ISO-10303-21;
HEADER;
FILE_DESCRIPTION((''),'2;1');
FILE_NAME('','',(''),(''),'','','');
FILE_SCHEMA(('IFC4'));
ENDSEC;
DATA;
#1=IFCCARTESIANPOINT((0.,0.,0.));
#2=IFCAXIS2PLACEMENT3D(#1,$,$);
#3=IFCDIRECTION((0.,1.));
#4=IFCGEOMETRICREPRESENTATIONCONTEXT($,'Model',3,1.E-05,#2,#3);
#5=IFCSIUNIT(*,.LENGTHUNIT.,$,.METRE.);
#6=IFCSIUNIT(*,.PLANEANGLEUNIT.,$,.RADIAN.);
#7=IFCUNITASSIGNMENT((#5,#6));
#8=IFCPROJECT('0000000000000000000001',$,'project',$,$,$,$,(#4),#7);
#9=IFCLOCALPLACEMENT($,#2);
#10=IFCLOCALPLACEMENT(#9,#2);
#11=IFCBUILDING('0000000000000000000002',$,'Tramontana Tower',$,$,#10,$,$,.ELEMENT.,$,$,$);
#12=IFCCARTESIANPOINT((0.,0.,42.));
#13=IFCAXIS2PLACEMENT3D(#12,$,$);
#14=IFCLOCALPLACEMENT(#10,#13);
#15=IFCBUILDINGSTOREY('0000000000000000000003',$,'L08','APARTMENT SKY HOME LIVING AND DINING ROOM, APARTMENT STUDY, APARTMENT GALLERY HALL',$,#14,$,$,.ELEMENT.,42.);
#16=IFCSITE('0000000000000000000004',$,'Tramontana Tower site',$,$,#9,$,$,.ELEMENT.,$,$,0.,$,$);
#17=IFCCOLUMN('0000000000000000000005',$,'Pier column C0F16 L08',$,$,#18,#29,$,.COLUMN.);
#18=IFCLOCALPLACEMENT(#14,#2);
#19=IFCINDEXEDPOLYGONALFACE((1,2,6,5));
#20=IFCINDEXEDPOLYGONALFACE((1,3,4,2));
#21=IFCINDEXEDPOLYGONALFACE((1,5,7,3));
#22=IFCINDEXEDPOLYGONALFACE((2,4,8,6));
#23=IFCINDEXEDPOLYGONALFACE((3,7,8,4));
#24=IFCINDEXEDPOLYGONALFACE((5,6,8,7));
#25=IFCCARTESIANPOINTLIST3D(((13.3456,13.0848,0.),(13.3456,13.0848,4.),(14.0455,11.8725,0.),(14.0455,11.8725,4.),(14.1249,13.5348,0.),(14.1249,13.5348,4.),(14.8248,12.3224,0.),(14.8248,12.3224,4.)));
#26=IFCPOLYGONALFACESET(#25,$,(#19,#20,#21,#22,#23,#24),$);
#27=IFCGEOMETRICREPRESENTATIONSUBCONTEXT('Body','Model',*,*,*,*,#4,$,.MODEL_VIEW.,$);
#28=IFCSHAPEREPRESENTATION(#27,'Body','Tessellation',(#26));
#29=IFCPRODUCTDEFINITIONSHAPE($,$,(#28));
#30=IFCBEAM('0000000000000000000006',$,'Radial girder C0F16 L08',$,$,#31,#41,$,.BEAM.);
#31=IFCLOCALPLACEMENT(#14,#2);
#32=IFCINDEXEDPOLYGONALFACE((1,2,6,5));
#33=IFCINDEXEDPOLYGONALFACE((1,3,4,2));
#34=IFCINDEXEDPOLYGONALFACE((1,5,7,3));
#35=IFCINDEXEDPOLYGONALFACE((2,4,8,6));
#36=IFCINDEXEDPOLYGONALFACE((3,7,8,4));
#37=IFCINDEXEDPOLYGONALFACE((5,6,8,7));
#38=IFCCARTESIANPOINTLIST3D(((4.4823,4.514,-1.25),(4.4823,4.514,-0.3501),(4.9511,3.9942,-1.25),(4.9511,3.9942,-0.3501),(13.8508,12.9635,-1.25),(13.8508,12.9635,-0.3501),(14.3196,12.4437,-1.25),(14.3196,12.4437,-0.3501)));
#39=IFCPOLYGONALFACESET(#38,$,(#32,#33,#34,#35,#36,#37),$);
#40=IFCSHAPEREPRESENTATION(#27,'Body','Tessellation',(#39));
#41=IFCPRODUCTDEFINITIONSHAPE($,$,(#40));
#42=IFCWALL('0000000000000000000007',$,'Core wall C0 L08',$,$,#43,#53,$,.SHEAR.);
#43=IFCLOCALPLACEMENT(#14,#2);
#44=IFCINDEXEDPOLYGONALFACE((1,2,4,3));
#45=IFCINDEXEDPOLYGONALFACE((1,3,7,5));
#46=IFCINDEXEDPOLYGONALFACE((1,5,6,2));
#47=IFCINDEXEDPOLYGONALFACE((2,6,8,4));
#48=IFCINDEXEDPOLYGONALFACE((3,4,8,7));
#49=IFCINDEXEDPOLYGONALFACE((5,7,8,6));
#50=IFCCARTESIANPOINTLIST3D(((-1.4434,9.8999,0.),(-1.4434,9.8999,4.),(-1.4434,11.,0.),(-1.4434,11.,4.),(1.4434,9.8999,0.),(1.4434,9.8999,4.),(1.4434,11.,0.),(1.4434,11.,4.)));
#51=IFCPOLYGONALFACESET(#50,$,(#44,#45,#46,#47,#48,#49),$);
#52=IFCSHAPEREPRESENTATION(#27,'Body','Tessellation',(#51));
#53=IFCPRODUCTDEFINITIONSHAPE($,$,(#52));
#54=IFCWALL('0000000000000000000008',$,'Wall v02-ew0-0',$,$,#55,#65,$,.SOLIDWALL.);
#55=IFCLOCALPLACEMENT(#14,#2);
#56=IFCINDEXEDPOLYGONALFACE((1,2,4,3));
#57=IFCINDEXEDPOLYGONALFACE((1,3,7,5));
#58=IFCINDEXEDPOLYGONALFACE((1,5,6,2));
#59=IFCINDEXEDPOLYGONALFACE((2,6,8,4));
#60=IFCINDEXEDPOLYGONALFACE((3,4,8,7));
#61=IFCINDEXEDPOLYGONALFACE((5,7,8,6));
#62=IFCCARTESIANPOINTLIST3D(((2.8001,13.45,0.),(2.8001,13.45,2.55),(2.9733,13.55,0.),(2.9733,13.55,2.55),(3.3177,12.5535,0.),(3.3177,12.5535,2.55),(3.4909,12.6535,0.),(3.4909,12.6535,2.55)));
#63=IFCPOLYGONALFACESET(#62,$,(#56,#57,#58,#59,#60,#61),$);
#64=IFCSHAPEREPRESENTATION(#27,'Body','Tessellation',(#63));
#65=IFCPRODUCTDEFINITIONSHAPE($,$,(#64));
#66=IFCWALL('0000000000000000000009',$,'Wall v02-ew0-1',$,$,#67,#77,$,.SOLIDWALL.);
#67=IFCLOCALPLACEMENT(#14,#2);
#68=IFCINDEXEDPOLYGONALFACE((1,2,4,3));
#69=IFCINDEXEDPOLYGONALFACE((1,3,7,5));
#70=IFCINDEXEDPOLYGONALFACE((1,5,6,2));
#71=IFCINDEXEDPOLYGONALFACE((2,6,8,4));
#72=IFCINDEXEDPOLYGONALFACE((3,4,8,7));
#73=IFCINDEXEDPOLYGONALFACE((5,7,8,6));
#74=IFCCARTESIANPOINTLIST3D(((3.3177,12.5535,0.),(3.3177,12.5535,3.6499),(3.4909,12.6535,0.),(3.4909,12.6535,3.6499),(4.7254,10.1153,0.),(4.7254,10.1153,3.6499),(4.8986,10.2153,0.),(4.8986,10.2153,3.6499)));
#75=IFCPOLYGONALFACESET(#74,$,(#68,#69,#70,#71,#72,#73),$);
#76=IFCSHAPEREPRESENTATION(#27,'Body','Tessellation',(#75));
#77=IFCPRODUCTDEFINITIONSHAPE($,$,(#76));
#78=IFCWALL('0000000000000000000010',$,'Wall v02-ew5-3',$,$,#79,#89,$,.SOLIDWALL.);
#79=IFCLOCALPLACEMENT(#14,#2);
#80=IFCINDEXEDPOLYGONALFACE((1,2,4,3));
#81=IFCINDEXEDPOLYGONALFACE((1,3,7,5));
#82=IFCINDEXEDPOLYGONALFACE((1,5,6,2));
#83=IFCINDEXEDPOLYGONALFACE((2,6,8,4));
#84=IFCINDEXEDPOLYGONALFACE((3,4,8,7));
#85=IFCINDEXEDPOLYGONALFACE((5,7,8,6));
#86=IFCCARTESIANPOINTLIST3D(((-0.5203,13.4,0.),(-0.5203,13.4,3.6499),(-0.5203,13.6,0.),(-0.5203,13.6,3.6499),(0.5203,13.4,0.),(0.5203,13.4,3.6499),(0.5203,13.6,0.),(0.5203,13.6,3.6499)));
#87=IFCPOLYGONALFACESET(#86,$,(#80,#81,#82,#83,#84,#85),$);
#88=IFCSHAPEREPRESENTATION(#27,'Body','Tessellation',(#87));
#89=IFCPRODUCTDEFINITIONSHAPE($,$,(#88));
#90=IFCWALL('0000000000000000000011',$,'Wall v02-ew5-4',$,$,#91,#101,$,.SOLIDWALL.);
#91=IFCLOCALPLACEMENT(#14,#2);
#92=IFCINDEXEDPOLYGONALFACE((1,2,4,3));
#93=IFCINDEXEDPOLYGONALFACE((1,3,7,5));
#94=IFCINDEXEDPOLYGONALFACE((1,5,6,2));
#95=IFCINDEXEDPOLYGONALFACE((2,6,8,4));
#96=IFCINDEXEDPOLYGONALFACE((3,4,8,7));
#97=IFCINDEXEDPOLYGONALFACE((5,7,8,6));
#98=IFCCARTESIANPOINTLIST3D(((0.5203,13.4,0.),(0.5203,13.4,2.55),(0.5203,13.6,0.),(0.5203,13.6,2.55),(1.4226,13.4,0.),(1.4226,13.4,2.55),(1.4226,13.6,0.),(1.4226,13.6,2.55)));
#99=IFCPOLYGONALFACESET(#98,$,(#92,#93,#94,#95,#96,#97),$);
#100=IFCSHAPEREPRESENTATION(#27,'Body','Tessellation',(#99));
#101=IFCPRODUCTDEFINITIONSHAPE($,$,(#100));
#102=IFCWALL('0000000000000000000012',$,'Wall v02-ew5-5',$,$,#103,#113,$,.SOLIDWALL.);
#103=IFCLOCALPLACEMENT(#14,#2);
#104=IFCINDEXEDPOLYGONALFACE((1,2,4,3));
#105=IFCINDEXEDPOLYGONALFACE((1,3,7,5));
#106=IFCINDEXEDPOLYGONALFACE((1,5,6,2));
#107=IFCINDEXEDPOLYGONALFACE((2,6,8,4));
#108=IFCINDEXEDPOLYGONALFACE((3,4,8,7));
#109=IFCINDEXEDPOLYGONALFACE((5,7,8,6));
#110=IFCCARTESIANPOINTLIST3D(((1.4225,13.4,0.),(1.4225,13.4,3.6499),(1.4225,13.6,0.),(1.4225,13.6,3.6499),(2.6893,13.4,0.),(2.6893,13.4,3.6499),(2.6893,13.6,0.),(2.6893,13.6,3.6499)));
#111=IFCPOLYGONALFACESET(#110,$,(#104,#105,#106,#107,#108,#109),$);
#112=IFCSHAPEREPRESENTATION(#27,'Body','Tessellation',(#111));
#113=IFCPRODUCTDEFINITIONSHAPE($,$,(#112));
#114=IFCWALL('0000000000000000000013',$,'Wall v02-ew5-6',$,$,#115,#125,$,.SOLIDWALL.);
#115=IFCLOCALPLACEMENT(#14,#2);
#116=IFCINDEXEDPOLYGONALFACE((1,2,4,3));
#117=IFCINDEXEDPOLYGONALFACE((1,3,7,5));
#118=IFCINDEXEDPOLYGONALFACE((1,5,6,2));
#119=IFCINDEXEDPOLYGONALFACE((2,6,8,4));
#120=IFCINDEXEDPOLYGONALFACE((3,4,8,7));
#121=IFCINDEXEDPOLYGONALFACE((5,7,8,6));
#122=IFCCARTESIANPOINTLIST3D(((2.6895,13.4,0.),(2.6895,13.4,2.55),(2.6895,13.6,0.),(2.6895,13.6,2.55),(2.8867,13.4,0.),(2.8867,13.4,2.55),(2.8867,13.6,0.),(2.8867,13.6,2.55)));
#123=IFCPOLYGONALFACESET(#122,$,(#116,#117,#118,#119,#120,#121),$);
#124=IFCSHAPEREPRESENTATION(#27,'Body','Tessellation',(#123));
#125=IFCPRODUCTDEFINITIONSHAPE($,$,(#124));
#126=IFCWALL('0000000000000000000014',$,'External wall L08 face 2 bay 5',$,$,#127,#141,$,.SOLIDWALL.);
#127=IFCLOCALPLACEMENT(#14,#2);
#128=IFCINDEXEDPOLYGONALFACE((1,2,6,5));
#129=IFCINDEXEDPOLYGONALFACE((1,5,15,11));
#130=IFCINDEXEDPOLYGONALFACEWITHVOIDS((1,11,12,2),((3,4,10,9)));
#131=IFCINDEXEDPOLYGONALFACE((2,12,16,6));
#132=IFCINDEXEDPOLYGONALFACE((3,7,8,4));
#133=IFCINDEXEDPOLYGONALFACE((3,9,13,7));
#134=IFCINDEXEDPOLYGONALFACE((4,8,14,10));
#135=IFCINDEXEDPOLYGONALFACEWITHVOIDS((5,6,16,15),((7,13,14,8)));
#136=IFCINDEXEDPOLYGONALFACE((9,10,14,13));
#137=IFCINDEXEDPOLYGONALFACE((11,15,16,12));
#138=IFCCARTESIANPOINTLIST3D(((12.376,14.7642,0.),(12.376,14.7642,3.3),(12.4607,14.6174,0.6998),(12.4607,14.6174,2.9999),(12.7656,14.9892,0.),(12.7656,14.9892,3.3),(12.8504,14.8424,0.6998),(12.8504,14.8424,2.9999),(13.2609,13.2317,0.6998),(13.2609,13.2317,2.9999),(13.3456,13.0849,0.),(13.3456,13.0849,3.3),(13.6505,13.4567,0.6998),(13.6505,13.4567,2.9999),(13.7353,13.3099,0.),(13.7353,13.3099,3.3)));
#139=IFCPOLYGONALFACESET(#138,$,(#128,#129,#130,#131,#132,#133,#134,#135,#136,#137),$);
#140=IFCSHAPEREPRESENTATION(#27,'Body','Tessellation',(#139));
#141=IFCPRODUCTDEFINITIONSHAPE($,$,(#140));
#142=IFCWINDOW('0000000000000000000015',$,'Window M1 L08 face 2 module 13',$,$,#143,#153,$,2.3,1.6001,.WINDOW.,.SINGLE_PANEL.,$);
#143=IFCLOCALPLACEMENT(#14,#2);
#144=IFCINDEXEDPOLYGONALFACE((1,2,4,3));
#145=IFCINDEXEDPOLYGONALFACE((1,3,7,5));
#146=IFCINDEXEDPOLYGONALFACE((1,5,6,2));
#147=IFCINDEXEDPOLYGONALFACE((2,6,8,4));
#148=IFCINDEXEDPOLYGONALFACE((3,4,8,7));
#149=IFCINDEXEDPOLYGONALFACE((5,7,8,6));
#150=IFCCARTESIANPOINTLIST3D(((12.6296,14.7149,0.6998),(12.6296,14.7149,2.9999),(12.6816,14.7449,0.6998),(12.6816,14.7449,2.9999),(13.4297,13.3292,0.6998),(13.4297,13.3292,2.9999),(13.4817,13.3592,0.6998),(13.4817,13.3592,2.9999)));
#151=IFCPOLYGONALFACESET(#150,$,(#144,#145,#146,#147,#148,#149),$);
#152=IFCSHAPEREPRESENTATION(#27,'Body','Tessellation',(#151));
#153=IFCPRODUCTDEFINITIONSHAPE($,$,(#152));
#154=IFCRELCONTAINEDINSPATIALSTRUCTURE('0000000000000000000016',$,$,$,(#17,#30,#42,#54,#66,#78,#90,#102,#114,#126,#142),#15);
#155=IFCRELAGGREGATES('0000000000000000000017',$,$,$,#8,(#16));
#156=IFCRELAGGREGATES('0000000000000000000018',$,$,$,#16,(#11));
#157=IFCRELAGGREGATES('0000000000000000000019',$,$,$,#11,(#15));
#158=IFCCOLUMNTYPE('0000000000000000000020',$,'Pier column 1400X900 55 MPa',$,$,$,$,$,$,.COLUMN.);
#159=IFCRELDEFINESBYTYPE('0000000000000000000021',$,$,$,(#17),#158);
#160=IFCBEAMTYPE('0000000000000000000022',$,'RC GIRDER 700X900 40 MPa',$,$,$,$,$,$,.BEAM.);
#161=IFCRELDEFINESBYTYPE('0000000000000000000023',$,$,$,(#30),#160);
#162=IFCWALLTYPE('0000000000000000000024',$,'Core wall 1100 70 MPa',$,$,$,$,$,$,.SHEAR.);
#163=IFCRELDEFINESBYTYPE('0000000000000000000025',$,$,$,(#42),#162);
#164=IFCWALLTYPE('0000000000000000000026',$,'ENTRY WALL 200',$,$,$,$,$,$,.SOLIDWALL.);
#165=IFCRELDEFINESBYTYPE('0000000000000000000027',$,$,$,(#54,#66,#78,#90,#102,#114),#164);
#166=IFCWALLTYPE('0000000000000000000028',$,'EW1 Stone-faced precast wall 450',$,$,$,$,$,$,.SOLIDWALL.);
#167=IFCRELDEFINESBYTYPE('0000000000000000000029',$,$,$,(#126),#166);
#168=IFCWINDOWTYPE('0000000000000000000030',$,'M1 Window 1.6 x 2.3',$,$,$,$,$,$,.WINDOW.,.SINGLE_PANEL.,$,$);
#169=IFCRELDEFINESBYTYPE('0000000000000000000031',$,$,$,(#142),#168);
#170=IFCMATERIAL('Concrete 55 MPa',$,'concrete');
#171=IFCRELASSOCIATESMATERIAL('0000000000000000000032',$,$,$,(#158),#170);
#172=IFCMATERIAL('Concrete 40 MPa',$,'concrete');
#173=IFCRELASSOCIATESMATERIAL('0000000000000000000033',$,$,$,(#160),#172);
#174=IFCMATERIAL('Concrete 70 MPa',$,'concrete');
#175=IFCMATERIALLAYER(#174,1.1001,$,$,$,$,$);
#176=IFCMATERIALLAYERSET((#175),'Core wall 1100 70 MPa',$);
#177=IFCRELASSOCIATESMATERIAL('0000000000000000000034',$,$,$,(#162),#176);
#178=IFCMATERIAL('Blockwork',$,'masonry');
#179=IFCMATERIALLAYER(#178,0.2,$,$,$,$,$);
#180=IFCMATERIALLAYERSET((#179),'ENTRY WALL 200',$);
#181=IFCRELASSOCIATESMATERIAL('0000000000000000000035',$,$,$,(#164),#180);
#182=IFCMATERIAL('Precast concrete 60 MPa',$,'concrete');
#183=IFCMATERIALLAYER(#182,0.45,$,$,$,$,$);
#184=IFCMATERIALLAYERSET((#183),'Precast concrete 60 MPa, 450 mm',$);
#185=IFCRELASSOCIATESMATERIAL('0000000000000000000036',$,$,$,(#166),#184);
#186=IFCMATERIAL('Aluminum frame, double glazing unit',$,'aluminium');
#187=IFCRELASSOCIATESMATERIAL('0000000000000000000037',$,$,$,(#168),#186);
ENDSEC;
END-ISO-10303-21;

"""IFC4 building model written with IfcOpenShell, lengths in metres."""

from ifc_helpers import new_model, si_unit, direction, frame, frame_2d, origin, origin_2d, place, context, subcontext, project, spatial, rectangle, extrude, material, layer, layer_set, material_profile, profile_set, type_object, element, fill, save


model = new_model("IFC4")

# Units and contexts
model_context = context("Model", 3, precision=1e-05, world=origin(), true_north=direction((0.0, 1.0)))
body_context = subcontext(model_context, "Body", "Model", "MODEL_VIEW")
ifc_project = project(units=[si_unit("LENGTHUNIT", "METRE"), si_unit("PLANEANGLEUNIT", "RADIAN")], contexts=[model_context])

# Site, building, storey
site_placement = place(None, origin())
site = spatial("IfcSite", under=ifc_project, at=site_placement, Name="Tramontana Tower site", CompositionType="ELEMENT", RefElevation=0.0)
building_placement = place(site_placement, origin())
building = spatial("IfcBuilding", under=site, at=building_placement, Name="Tramontana Tower", CompositionType="ELEMENT")
storey_placement = place(building_placement, frame((0.0, 0.0, 42.0)))
storey = spatial("IfcBuildingStorey", under=building, at=storey_placement, Name="L08", Description="APARTMENT SKY HOME LIVING AND DINING ROOM, APARTMENT STUDY, APARTMENT GALLERY HALL", CompositionType="ELEMENT", Elevation=42.0)

# Column
ifc_material_1 = material(Name="Concrete 55 MPa", Category="concrete")
ifc_material_profile_1 = material_profile(ifc_material_1, rectangle(XDim=1.3999, YDim=0.8999, at=origin_2d()), Name="Pier column 1400X900 55 MPa")
ifc_profile_set_1 = profile_set([ifc_material_profile_1], Name="Concrete 55 MPa")
column_type = type_object("IfcColumnType", Name="Pier column 1400X900 55 MPa", PredefinedType="COLUMN", material=ifc_profile_set_1)
column_placement = place(storey_placement, frame((14.0852, 12.7036, 0.0), z_axis=(0.0, 0.0, 1.0), x_axis=(-0.5, 0.866025, 0.0)))
element("IfcColumn", 1, at=column_placement, inside=storey, type_object=column_type, Name="Pier column C0F16 L08", PredefinedType="COLUMN", context=body_context, shape_type="SweptSolid", body=[
    extrude(rectangle(XDim=1.3999, YDim=0.8999, at=origin_2d()), origin(), (0.0, 0.0, 1.0), 4.0),
])

# Beam
ifc_material_2 = material(Name="Concrete 40 MPa", Category="concrete")
ifc_material_profile_2 = material_profile(ifc_material_2, rectangle(XDim=0.7, YDim=0.8999, at=origin_2d()), Name="RC GIRDER 700X900 40 MPa")
ifc_profile_set_2 = profile_set([ifc_material_profile_2], Name="Concrete 40 MPa")
beam_type = type_object("IfcBeamType", Name="RC GIRDER 700X900 40 MPa", PredefinedType="BEAM", material=ifc_profile_set_2)
beam_placement = place(storey_placement, frame((14.0852, 12.7036, -0.8), z_axis=(-0.742588, -0.669748, 0.0), x_axis=(0.669748, -0.742588, 0.0)))
element("IfcBeam", 2, at=beam_placement, inside=storey, type_object=beam_type, Name="Radial girder C0F16 L08", PredefinedType="BEAM", context=body_context, shape_type="SweptSolid", body=[
    extrude(rectangle(XDim=0.7, YDim=0.8999, at=origin_2d()), origin(), (0.0, 0.0, 1.0), 12.616),
])

# Walls
ifc_material_3 = material(Name="Concrete 70 MPa", Category="concrete")
ifc_layer_1 = layer(ifc_material_3, 1.1001)
ifc_layer_set_1 = layer_set([ifc_layer_1], Name="Core wall 1100 70 MPa")
wall_type_1 = type_object("IfcWallType", Name="Core wall 1100 70 MPa", PredefinedType="SHEAR", material=ifc_layer_set_1)
wall_1_placement = place(storey_placement, frame((1.4434, 10.45, 0.0), z_axis=(0.0, 0.0, 1.0), x_axis=(-1.0, 0.0, 0.0)))
element("IfcWall", 3, at=wall_1_placement, inside=storey, type_object=wall_type_1, Name="Core wall C0 L08", PredefinedType="SHEAR", context=body_context, shape_type="SweptSolid", body=[
    extrude(rectangle(XDim=2.8867, YDim=1.1001, at=frame_2d((1.4434, 0.0))), origin(), (0.0, 0.0, 1.0), 4.0),
])
ifc_material_4 = material(Name="Blockwork", Category="masonry")
ifc_layer_2 = layer(ifc_material_4, 0.2)
ifc_layer_set_2 = layer_set([ifc_layer_2], Name="ENTRY WALL 200")
wall_type_2 = type_object("IfcWallType", Name="ENTRY WALL 200", PredefinedType="SOLIDWALL", material=ifc_layer_set_2)
wall_2_placement = place(storey_placement, frame((2.8867, 13.5, 0.0), z_axis=(0.0, 0.0, 1.0), x_axis=(0.499995, -0.866028, 0.0)))
element("IfcWall", 4, at=wall_2_placement, inside=storey, type_object=wall_type_2, Name="Wall v02-ew0-0", PredefinedType="SOLIDWALL", context=body_context, shape_type="SweptSolid", body=[
    extrude(rectangle(XDim=1.0352, YDim=0.2, at=frame_2d((0.5176, 0.0))), origin(), (0.0, 0.0, 1.0), 2.55),
])
wall_3_placement = place(storey_placement, frame((3.4043, 12.6035, 0.0), z_axis=(0.0, 0.0, 1.0), x_axis=(0.5, -0.866025, 0.0)))
element("IfcWall", 5, at=wall_3_placement, inside=storey, type_object=wall_type_2, Name="Wall v02-ew0-1", PredefinedType="SOLIDWALL", context=body_context, shape_type="SweptSolid", body=[
    extrude(rectangle(XDim=2.8154, YDim=0.2, at=frame_2d((1.4077, 0.0))), origin(), (0.0, 0.0, 1.0), 3.6499),
])

# Walls
wall_4_placement = place(storey_placement, frame((-0.5203, 13.5, 0.0), z_axis=(0.0, 0.0, 1.0), x_axis=(1.0, 0.0, 0.0)))
element("IfcWall", 6, at=wall_4_placement, inside=storey, type_object=wall_type_2, Name="Wall v02-ew5-3", PredefinedType="SOLIDWALL", context=body_context, shape_type="SweptSolid", body=[
    extrude(rectangle(XDim=1.0405, YDim=0.2, at=frame_2d((0.5203, 0.0))), origin(), (0.0, 0.0, 1.0), 3.6499),
])
wall_5_placement = place(storey_placement, frame((0.5203, 13.5, 0.0), z_axis=(0.0, 0.0, 1.0), x_axis=(1.0, 0.0, 0.0)))
element("IfcWall", 7, at=wall_5_placement, inside=storey, type_object=wall_type_2, Name="Wall v02-ew5-4", PredefinedType="SOLIDWALL", context=body_context, shape_type="SweptSolid", body=[
    extrude(rectangle(XDim=0.9023, YDim=0.2, at=frame_2d((0.4512, 0.0))), origin(), (0.0, 0.0, 1.0), 2.55),
])
wall_6_placement = place(storey_placement, frame((1.4226, 13.5, 0.0), z_axis=(0.0, 0.0, 1.0), x_axis=(1.0, 0.0, 0.0)))
element("IfcWall", 8, at=wall_6_placement, inside=storey, type_object=wall_type_2, Name="Wall v02-ew5-5", PredefinedType="SOLIDWALL", context=body_context, shape_type="SweptSolid", body=[
    extrude(rectangle(XDim=1.2668, YDim=0.2, at=frame_2d((0.6333, 0.0))), origin(), (0.0, 0.0, 1.0), 3.6499),
])
wall_7_placement = place(storey_placement, frame((2.6895, 13.5, 0.0), z_axis=(0.0, 0.0, 1.0), x_axis=(1.0, 0.0, 0.0)))
element("IfcWall", 9, at=wall_7_placement, inside=storey, type_object=wall_type_2, Name="Wall v02-ew5-6", PredefinedType="SOLIDWALL", context=body_context, shape_type="SweptSolid", body=[
    extrude(rectangle(XDim=0.1973, YDim=0.2, at=frame_2d((0.0986, 0.0))), origin(), (0.0, 0.0, 1.0), 2.55),
])

# Wall, opening, window
ifc_material_5 = material(Name="Precast concrete 60 MPa", Category="concrete")
ifc_layer_3 = layer(ifc_material_5, 0.45)
ifc_layer_set_3 = layer_set([ifc_layer_3], Name="Precast concrete 60 MPa, 450 mm")
wall_type_3 = type_object("IfcWallType", Name="EW1 Stone-faced precast wall 450", PredefinedType="SOLIDWALL", material=ifc_layer_set_3)
wall_8_placement = place(storey_placement, frame((13.5405, 13.1973, 0.0), z_axis=(0.0, 0.0, 1.0), x_axis=(-0.500038, 0.866003, 0.0)))
wall_8 = element("IfcWall", 10, at=wall_8_placement, inside=storey, type_object=wall_type_3, Name="External wall L08 face 2 bay 5", PredefinedType="SOLIDWALL", context=body_context, shape_type="SweptSolid", body=[
    extrude(rectangle(XDim=1.9392, YDim=0.45, at=frame_2d((0.9697, 0.0))), origin(), (0.0, 0.0, 1.0), 3.3),
])
opening_1_placement = place(wall_8_placement, frame((0.1697, 0.0, 0.7)))
opening_1 = element("IfcOpeningElement", 11, at=opening_1_placement, cuts=wall_8, PredefinedType="OPENING", context=body_context, shape_type="SweptSolid", body=[
    extrude(rectangle(XDim=1.6001, YDim=2.3, at=frame_2d((0.8, 1.1499))), frame((0.0, 0.2349, 0.0), z_axis=(0.0, -1.0, 0.0), x_axis=(1.0, 0.0, 0.0)), (0.0, 0.0, 1.0), 0.47),
])
ifc_material_6 = material(Name="Aluminum frame, double glazing unit", Category="aluminium")
window_type = type_object("IfcWindowType", Name="M1 Window 1.6 x 2.3", PartitioningType="SINGLE_PANEL", PredefinedType="WINDOW", material=ifc_material_6)
window_1_placement = place(opening_1_placement, origin())
window_1 = element("IfcWindow", 12, at=window_1_placement, inside=storey, type_object=window_type, Name="Window M1 L08 face 2 module 13", OverallHeight=2.3, OverallWidth=1.6001, PartitioningType="SINGLE_PANEL", PredefinedType="WINDOW", context=body_context, shape_type="SweptSolid", body=[
    extrude(rectangle(XDim=1.6001, YDim=2.3, at=frame_2d((0.8, 1.1499))), frame((0.0, 0.03, 0.0), z_axis=(0.0, -1.0, 0.0), x_axis=(1.0, 0.0, 0.0)), (0.0, 0.0, 1.0), 0.0601),
])
fill(opening_1, window_1)

save(model, "model.ifc")
